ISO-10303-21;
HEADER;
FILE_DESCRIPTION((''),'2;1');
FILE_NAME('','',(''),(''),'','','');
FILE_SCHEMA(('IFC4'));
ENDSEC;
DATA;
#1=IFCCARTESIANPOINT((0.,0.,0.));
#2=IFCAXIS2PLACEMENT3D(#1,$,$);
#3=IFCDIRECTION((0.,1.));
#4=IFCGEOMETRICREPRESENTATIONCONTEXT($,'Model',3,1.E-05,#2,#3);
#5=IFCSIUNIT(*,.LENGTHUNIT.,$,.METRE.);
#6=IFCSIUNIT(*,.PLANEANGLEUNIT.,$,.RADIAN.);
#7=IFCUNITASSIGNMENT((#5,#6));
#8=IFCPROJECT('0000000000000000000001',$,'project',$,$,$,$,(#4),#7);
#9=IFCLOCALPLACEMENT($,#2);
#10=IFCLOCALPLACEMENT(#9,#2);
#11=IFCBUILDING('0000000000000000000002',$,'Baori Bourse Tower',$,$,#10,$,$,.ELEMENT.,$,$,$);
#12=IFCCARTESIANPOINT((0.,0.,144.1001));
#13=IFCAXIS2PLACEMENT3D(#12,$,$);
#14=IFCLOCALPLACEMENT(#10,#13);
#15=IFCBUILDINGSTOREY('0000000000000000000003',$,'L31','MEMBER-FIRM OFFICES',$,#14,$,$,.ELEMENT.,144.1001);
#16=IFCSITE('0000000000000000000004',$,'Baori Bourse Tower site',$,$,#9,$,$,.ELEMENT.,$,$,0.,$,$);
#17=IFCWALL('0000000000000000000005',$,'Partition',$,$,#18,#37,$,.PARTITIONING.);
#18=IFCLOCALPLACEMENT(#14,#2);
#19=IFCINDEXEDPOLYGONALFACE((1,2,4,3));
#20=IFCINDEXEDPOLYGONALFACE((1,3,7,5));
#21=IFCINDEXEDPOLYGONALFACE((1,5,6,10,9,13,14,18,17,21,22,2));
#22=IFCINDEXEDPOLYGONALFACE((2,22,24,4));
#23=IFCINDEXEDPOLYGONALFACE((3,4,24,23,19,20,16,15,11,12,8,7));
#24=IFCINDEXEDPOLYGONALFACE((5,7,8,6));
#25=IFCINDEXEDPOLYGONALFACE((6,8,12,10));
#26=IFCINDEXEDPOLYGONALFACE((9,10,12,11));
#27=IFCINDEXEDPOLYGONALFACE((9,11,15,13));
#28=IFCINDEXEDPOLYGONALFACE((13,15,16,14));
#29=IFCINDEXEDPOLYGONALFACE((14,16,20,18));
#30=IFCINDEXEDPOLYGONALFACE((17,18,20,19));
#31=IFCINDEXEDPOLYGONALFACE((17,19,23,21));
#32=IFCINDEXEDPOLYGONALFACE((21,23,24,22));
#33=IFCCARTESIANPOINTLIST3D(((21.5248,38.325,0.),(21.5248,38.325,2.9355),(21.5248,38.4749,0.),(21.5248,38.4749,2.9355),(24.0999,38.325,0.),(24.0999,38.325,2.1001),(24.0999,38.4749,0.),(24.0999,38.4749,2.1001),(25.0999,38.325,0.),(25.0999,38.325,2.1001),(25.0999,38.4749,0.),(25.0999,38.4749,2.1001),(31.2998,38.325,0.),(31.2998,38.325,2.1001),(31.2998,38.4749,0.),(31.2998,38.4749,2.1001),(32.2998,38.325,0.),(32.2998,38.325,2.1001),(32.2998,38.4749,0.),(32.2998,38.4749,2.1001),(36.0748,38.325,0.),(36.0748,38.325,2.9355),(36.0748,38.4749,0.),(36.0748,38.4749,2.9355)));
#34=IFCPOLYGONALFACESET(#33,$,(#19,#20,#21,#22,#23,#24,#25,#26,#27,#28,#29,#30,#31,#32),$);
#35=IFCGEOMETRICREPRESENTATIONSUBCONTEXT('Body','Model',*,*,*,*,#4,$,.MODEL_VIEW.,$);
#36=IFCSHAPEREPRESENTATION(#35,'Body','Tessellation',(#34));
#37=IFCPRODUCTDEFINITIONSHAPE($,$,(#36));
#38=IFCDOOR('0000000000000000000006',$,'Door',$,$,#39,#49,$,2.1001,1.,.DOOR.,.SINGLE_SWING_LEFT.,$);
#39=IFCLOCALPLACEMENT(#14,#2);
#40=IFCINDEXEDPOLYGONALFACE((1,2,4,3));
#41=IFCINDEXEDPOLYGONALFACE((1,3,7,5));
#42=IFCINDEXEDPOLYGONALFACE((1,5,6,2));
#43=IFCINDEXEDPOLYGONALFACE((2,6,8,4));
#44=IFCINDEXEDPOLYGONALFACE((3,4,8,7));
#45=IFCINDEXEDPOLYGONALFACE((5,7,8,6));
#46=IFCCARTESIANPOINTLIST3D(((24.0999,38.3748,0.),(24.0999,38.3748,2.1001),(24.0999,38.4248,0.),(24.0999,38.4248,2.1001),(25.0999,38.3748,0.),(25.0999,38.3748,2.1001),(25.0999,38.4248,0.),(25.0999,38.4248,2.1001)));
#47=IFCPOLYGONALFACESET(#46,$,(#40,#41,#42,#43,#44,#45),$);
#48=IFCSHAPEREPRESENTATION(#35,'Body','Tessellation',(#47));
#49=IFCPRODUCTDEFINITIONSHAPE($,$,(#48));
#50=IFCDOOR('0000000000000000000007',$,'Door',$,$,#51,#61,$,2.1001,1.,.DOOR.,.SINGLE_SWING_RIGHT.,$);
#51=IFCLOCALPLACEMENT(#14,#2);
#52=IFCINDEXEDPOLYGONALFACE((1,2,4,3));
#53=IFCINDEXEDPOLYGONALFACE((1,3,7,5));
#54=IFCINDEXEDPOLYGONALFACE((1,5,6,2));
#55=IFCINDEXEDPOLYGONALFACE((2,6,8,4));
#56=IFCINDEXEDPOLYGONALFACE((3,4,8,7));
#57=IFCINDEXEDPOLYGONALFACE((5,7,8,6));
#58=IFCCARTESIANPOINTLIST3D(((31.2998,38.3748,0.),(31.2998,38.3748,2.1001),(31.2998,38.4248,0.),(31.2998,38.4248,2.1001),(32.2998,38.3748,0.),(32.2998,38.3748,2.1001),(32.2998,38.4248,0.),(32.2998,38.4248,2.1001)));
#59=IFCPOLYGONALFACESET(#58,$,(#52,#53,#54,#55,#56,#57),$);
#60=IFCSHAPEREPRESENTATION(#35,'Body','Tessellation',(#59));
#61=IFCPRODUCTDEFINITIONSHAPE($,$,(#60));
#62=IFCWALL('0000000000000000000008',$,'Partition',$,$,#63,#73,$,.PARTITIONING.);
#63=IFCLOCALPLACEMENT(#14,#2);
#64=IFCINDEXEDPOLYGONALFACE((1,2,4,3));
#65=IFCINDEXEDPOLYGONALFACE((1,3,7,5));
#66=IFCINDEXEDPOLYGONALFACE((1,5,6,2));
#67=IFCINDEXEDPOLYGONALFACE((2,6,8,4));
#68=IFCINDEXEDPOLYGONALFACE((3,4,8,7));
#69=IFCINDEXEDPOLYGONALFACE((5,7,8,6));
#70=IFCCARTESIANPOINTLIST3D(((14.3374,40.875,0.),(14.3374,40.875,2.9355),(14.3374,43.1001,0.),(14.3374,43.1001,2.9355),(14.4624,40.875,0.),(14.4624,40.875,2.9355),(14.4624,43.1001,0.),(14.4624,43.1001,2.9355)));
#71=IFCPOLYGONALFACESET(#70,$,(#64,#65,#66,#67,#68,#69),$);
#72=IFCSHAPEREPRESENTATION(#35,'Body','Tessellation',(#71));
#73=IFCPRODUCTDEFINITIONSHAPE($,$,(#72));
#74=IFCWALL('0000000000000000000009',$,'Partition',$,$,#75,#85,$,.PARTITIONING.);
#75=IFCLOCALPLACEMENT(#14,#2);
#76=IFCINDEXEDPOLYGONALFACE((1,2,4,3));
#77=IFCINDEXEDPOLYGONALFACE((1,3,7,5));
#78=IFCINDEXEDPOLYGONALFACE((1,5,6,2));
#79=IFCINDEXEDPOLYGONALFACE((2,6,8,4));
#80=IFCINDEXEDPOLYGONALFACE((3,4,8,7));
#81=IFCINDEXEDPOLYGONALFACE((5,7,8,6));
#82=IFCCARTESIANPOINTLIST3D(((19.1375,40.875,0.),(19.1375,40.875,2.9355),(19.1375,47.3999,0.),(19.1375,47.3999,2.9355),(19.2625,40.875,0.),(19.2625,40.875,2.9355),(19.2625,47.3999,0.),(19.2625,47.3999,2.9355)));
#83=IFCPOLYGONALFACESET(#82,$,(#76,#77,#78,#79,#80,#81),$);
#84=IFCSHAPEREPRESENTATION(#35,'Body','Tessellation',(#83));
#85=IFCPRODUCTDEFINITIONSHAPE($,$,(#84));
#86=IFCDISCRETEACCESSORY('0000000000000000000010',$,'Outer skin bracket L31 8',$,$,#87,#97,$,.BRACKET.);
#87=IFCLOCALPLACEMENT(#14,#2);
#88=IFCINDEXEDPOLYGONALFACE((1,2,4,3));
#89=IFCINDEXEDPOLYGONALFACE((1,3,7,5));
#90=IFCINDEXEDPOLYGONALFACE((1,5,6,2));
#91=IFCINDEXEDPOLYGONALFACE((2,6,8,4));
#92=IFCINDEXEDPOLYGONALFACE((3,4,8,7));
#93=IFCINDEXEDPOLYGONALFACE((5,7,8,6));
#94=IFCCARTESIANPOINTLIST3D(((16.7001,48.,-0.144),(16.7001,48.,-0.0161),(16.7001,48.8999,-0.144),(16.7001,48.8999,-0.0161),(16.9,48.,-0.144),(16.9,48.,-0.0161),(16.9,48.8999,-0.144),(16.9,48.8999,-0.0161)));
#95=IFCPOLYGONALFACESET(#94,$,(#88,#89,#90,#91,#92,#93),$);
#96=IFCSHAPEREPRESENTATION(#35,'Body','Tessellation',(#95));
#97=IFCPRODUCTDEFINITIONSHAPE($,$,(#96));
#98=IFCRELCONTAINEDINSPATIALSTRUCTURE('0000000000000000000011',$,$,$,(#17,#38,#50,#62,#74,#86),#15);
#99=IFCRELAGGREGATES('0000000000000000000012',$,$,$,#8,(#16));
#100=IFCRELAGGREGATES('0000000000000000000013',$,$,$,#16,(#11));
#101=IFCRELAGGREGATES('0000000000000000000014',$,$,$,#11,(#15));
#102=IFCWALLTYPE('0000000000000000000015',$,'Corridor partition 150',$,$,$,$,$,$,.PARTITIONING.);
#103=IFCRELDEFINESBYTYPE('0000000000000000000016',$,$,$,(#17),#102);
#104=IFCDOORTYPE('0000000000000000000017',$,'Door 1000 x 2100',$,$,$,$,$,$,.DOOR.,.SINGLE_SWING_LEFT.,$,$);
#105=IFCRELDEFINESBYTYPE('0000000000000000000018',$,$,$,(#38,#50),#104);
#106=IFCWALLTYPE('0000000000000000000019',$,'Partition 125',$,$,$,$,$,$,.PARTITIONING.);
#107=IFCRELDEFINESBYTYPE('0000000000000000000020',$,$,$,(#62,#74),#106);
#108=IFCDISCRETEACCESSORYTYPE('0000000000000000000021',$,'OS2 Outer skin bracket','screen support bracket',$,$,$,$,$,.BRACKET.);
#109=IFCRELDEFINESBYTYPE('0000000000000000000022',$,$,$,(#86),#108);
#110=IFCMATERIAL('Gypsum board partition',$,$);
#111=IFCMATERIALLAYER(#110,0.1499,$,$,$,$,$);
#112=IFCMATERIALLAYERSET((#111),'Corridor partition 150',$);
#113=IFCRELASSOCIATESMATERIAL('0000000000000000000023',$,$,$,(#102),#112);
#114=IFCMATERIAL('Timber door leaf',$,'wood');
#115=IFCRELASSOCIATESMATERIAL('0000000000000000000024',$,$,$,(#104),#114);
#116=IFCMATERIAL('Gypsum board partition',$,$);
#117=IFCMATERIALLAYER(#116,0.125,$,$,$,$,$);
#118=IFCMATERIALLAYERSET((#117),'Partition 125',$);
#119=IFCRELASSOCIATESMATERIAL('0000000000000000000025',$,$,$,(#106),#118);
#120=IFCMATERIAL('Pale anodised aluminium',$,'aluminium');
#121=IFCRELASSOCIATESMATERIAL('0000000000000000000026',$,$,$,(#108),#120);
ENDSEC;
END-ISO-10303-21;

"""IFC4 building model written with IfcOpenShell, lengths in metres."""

from ifc_helpers import new_model, si_unit, direction, frame, frame_2d, origin, origin_2d, place, context, subcontext, project, spatial, rectangle, extrude, material, layer, layer_set, type_object, element, fill, save


model = new_model("IFC4")

# Units and contexts
model_context = context("Model", 3, precision=1e-05, world=origin(), true_north=direction((0.0, 1.0)))
body_context = subcontext(model_context, "Body", "Model", "MODEL_VIEW")
ifc_project = project(units=[si_unit("LENGTHUNIT", "METRE"), si_unit("PLANEANGLEUNIT", "RADIAN")], contexts=[model_context])

# Site, building, storey
site_placement = place(None, origin())
site = spatial("IfcSite", under=ifc_project, at=site_placement, Name="Baori Bourse Tower site", CompositionType="ELEMENT", RefElevation=0.0)
building_placement = place(site_placement, origin())
building = spatial("IfcBuilding", under=site, at=building_placement, Name="Baori Bourse Tower", CompositionType="ELEMENT")
storey_placement = place(building_placement, frame((0.0, 0.0, 144.1001)))
storey = spatial("IfcBuildingStorey", under=building, at=storey_placement, Name="L31", Description="MEMBER-FIRM OFFICES", CompositionType="ELEMENT", Elevation=144.1001)

# Wall, openings, doors
ifc_material_1 = material(Name="Gypsum board partition")
ifc_layer_1 = layer(ifc_material_1, 0.1499)
ifc_layer_set_1 = layer_set([ifc_layer_1], Name="Corridor partition 150")
wall_type_1 = type_object("IfcWallType", Name="Corridor partition 150", PredefinedType="PARTITIONING", material=ifc_layer_set_1)
wall_1_placement = place(storey_placement, frame((21.5249, 38.3999, 0.0), z_axis=(0.0, 0.0, 1.0), x_axis=(1.0, 0.0, 0.0)))
wall_1 = element("IfcWall", 1, at=wall_1_placement, inside=storey, type_object=wall_type_1, Name="Partition", PredefinedType="PARTITIONING", context=body_context, shape_type="SweptSolid", body=[
    extrude(rectangle(XDim=14.55, YDim=0.1499, at=frame_2d((7.2749, 0.0))), origin(), (0.0, 0.0, 1.0), 2.9355),
])
opening_1_placement = place(wall_1_placement, frame((2.575, 0.0, 0.0)))
opening_1 = element("IfcOpeningElement", 2, at=opening_1_placement, cuts=wall_1, PredefinedType="OPENING", context=body_context, shape_type="SweptSolid", body=[
    extrude(rectangle(XDim=1.0, YDim=2.1001, at=frame_2d((0.5, 1.05))), frame((0.0, 0.085, 0.0), z_axis=(0.0, -1.0, 0.0), x_axis=(1.0, 0.0, 0.0)), (0.0, 0.0, 1.0), 0.1699),
])
opening_2_placement = place(wall_1_placement, frame((9.7749, 0.0, 0.0)))
opening_2 = element("IfcOpeningElement", 3, at=opening_2_placement, cuts=wall_1, PredefinedType="OPENING", context=body_context, shape_type="SweptSolid", body=[
    extrude(rectangle(XDim=1.0, YDim=2.1001, at=frame_2d((0.5, 1.05))), frame((0.0, 0.085, 0.0), z_axis=(0.0, -1.0, 0.0), x_axis=(1.0, 0.0, 0.0)), (0.0, 0.0, 1.0), 0.1699),
])
ifc_material_2 = material(Name="Timber door leaf", Category="wood")
door_type_1 = type_object("IfcDoorType", Name="Door 1000 x 2100", OperationType="SINGLE_SWING_LEFT", PredefinedType="DOOR", material=ifc_material_2)
door_1_placement = place(opening_1_placement, origin())
door_1 = element("IfcDoor", 4, at=door_1_placement, inside=storey, type_object=door_type_1, Name="Door", OperationType="SINGLE_SWING_LEFT", OverallHeight=2.1001, OverallWidth=1.0, PredefinedType="DOOR", context=body_context, shape_type="SweptSolid", body=[
    extrude(rectangle(XDim=1.0, YDim=2.1001, at=frame_2d((0.5, 1.05))), frame((0.0, 0.0249, 0.0), z_axis=(0.0, -1.0, 0.0), x_axis=(1.0, 0.0, 0.0)), (0.0, 0.0, 1.0), 0.05),
])
fill(opening_1, door_1)
door_2_placement = place(opening_2_placement, origin())
door_2 = element("IfcDoor", 5, at=door_2_placement, inside=storey, type_object=door_type_1, Name="Door", OperationType="SINGLE_SWING_RIGHT", OverallHeight=2.1001, OverallWidth=1.0, PredefinedType="DOOR", context=body_context, shape_type="SweptSolid", body=[
    extrude(rectangle(XDim=1.0, YDim=2.1001, at=frame_2d((0.5, 1.05))), frame((0.0, 0.0249, 0.0), z_axis=(0.0, -1.0, 0.0), x_axis=(1.0, 0.0, 0.0)), (0.0, 0.0, 1.0), 0.05),
])
fill(opening_2, door_2)

# Walls
ifc_material_3 = material(Name="Gypsum board partition")
ifc_layer_2 = layer(ifc_material_3, 0.125)
ifc_layer_set_2 = layer_set([ifc_layer_2], Name="Partition 125")
wall_type_2 = type_object("IfcWallType", Name="Partition 125", PredefinedType="PARTITIONING", material=ifc_layer_set_2)
wall_2_placement = place(storey_placement, frame((14.3999, 40.875, 0.0), z_axis=(0.0, 0.0, 1.0), x_axis=(0.0, 1.0, 0.0)))
element("IfcWall", 6, at=wall_2_placement, inside=storey, type_object=wall_type_2, Name="Partition", PredefinedType="PARTITIONING", context=body_context, shape_type="SweptSolid", body=[
    extrude(rectangle(XDim=2.2251, YDim=0.125, at=frame_2d((1.1125, 0.0))), origin(), (0.0, 0.0, 1.0), 2.9355),
])
wall_3_placement = place(storey_placement, frame((19.2, 40.875, 0.0), z_axis=(0.0, 0.0, 1.0), x_axis=(0.0, 1.0, 0.0)))
element("IfcWall", 7, at=wall_3_placement, inside=storey, type_object=wall_type_2, Name="Partition", PredefinedType="PARTITIONING", context=body_context, shape_type="SweptSolid", body=[
    extrude(rectangle(XDim=6.5249, YDim=0.125, at=frame_2d((3.2625, 0.0))), origin(), (0.0, 0.0, 1.0), 2.9355),
])

# Discrete accessory
ifc_material_4 = material(Name="Pale anodised aluminium", Category="aluminium")
discrete_accessory_type = type_object("IfcDiscreteAccessoryType", Name="OS2 Outer skin bracket", Description="screen support bracket", PredefinedType="BRACKET", material=ifc_material_4)
discrete_accessory_placement = place(storey_placement, frame((16.8, 48.45, -0.144), z_axis=(0.0, 0.0, 1.0), x_axis=(-1.0, 0.0, 0.0)))
element("IfcDiscreteAccessory", 8, at=discrete_accessory_placement, inside=storey, type_object=discrete_accessory_type, Name="Outer skin bracket L31 8", PredefinedType="BRACKET", context=body_context, shape_type="SweptSolid", body=[
    extrude(rectangle(XDim=0.2, YDim=0.8999, at=origin_2d()), origin(), (0.0, 0.0, 1.0), 0.1279),
])

save(model, "model.ifc")
